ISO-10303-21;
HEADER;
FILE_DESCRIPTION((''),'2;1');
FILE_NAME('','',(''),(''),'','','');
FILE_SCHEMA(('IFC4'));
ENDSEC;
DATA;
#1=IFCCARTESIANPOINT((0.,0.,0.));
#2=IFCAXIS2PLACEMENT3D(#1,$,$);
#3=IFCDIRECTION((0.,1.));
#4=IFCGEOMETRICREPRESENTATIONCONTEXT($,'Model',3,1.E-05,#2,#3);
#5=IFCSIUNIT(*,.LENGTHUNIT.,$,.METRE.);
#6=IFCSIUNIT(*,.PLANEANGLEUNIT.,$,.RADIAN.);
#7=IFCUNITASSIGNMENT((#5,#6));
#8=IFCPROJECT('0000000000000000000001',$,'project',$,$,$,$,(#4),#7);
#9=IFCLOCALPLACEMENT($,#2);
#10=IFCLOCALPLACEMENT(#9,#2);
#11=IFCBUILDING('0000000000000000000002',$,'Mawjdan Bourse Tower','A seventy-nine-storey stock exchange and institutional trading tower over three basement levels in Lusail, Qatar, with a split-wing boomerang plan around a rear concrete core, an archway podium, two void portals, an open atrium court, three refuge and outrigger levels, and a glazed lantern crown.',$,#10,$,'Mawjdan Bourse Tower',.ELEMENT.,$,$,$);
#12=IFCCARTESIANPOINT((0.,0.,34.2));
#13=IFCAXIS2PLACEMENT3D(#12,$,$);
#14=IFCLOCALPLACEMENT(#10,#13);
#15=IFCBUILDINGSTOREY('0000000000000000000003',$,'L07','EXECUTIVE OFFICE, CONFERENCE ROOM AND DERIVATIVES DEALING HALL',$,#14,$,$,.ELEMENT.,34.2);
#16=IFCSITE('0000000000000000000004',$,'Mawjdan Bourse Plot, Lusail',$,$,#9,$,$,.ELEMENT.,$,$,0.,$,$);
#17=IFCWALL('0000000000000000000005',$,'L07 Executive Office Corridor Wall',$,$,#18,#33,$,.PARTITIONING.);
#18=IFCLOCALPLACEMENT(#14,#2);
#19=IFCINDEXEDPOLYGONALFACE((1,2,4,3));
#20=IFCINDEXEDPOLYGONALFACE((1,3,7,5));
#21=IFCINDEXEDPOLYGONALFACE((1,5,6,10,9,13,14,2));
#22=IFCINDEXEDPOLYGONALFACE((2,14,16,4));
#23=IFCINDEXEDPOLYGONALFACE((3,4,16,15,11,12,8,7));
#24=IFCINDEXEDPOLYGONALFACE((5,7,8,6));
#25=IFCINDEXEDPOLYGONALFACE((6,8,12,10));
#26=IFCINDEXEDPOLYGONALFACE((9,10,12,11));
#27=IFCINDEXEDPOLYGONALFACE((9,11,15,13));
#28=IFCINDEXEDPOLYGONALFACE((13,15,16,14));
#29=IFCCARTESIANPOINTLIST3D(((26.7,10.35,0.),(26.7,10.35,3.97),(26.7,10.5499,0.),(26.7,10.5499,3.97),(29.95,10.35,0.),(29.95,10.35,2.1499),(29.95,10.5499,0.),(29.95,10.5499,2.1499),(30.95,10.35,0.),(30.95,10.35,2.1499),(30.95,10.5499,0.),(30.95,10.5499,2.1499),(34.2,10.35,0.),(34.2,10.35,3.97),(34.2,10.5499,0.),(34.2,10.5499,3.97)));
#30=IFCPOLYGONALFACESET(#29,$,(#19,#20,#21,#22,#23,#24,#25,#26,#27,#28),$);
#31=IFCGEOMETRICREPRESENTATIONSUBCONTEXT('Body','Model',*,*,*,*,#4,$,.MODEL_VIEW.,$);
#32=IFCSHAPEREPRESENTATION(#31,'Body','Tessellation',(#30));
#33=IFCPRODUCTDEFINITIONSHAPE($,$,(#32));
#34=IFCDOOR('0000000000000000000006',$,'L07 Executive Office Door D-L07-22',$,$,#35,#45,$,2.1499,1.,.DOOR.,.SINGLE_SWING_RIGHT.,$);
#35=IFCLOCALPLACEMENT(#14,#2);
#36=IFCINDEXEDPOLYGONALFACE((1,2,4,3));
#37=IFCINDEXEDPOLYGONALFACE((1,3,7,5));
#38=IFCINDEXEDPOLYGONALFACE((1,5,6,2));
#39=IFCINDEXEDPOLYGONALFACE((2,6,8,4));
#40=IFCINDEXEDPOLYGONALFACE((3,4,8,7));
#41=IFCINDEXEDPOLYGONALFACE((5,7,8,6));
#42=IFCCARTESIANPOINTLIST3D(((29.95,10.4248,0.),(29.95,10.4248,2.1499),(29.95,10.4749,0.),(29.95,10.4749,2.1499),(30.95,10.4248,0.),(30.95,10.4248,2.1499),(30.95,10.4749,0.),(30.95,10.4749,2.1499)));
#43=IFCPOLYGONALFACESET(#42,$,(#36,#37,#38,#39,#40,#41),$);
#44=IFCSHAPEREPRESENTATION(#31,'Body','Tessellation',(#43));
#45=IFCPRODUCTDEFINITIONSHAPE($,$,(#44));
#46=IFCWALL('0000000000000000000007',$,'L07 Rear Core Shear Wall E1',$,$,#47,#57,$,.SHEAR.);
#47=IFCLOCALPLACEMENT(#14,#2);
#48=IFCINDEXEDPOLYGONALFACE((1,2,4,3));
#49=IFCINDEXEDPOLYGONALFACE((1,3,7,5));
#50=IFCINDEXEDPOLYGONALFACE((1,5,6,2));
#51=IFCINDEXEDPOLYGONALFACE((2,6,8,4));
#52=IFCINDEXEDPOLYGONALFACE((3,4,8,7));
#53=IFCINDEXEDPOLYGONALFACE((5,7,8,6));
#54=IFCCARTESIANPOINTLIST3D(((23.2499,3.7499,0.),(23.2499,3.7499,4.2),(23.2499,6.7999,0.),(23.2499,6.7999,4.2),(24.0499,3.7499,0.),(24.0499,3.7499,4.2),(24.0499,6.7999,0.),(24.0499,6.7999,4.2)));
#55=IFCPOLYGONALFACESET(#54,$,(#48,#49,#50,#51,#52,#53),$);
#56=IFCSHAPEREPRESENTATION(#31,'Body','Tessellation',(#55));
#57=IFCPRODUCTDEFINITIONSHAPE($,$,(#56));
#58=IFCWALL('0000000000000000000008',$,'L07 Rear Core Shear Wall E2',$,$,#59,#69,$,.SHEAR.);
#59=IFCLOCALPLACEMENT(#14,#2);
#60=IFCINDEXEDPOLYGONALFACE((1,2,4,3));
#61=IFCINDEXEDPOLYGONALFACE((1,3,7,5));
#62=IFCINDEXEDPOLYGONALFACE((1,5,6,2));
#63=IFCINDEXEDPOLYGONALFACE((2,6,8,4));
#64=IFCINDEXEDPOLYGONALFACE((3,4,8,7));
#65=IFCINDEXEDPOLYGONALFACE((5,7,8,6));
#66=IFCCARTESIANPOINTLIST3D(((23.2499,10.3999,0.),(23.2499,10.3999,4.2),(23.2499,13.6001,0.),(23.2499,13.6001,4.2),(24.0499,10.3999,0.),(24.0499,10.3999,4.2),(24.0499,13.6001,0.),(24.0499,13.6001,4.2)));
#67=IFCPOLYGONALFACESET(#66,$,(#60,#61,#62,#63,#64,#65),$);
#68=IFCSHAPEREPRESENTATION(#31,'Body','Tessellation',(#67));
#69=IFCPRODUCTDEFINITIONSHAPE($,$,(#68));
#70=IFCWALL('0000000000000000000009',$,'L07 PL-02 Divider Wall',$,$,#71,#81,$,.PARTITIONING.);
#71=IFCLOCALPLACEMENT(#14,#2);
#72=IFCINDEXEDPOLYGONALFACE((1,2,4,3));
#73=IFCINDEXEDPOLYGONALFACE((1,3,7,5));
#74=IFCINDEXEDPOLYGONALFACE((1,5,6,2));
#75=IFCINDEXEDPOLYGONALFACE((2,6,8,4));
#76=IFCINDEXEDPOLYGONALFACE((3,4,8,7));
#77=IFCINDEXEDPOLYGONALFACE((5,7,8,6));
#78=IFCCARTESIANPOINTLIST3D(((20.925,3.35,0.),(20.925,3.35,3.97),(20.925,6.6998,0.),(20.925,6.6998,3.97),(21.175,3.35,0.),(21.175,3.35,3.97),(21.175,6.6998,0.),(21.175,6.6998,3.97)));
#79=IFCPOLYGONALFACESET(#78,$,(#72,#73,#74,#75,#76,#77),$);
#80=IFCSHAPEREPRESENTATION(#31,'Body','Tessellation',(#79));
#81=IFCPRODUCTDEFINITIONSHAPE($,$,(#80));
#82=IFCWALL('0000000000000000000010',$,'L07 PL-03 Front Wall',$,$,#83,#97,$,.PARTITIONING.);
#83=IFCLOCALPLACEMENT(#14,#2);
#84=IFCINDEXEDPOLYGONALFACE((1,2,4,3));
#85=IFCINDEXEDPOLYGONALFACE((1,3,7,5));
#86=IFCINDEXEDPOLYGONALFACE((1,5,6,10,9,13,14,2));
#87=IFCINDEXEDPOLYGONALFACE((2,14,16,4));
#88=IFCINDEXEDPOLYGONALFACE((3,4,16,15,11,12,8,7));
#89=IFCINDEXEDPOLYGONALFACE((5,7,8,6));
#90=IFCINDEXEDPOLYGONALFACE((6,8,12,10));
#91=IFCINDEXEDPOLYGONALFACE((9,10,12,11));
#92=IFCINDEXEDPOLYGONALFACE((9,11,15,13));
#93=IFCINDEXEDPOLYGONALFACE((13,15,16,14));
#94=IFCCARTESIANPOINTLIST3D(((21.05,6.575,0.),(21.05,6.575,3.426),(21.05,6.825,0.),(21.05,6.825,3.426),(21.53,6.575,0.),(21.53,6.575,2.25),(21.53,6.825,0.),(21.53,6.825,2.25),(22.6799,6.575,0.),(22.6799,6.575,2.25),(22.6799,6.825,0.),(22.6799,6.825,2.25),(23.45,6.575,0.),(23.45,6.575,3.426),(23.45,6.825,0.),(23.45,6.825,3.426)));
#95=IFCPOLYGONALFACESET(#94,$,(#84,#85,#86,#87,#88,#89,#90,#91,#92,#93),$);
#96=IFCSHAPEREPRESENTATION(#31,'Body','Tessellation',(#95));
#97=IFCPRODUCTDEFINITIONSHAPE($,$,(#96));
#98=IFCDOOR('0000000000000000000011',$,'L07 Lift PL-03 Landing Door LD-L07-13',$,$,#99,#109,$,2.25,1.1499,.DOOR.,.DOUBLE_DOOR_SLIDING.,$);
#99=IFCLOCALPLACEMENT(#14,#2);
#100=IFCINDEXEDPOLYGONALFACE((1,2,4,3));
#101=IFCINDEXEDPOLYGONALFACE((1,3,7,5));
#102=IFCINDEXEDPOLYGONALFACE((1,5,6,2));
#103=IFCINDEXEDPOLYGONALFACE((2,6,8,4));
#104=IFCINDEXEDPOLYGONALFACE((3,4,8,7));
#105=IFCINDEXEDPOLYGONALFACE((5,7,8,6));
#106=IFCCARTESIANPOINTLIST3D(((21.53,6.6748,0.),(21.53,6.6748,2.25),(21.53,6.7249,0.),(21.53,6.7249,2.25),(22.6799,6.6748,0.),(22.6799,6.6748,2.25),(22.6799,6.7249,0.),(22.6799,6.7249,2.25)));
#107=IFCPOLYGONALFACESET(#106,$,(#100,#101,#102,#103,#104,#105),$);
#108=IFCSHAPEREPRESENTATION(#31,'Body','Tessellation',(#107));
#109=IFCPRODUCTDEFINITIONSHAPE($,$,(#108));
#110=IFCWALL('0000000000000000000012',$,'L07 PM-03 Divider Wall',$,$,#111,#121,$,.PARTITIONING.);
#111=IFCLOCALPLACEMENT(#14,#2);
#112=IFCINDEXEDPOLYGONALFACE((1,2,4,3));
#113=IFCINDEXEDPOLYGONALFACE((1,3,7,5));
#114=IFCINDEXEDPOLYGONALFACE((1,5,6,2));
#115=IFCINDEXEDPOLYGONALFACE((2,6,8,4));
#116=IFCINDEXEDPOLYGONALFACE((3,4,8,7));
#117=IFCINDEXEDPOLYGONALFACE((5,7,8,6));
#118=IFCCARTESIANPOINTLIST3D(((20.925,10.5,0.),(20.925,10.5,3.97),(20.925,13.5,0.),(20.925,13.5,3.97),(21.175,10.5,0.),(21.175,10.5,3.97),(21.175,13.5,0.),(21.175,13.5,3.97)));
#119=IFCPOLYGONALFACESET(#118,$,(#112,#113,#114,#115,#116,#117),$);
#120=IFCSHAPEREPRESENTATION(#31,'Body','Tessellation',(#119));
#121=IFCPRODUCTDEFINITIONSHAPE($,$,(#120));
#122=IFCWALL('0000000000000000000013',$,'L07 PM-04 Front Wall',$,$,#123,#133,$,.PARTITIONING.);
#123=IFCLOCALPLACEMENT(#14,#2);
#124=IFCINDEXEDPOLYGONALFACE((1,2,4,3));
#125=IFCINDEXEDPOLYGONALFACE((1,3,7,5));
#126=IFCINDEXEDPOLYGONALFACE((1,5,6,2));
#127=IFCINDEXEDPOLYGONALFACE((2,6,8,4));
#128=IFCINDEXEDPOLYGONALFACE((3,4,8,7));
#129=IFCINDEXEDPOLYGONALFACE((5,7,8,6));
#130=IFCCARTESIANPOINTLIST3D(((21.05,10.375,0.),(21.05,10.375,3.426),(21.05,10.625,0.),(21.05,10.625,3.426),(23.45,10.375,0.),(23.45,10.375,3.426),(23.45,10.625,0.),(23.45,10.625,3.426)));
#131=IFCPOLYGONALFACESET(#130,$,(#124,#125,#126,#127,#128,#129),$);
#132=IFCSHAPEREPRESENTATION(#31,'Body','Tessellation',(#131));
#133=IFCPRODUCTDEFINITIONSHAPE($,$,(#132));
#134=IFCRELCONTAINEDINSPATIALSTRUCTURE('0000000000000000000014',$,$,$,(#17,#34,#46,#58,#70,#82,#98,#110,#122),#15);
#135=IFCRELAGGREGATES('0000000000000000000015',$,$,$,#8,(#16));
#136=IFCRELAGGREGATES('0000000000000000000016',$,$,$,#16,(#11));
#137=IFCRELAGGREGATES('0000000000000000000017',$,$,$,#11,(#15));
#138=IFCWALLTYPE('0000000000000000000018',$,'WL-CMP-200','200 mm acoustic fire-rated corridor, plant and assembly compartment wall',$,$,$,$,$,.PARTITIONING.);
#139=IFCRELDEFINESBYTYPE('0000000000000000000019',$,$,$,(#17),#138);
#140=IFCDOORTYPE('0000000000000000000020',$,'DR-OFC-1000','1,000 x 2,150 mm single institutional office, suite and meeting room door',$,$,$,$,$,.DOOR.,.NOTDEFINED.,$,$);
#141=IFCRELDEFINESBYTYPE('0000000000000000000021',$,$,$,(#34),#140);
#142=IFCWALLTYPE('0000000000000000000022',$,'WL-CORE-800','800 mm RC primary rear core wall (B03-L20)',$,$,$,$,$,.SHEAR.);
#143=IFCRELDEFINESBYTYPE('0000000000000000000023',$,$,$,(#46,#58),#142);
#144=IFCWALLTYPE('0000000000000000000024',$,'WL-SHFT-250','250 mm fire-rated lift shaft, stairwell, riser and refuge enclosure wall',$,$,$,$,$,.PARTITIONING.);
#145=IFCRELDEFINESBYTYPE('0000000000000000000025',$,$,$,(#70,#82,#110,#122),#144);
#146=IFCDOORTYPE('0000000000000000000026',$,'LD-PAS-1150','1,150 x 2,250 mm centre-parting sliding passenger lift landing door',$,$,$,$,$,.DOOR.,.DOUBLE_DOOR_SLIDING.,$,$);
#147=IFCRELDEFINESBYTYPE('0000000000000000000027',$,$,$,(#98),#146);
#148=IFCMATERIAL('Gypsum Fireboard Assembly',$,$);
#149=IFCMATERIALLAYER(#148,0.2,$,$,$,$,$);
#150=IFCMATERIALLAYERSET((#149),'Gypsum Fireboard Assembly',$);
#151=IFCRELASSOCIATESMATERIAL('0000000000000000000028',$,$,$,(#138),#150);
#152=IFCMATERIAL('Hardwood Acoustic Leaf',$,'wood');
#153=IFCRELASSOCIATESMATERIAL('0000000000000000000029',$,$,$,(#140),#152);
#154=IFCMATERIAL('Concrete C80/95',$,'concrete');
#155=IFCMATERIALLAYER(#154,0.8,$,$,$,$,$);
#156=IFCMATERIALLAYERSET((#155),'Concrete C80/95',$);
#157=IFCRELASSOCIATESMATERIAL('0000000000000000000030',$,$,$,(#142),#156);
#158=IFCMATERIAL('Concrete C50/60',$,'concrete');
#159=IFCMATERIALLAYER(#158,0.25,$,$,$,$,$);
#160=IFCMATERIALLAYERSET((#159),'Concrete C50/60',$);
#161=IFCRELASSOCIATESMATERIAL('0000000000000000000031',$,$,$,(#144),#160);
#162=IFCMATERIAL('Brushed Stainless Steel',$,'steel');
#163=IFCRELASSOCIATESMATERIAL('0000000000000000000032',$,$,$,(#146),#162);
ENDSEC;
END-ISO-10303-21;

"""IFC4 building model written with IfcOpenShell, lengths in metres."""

from ifc_helpers import new_model, si_unit, direction, frame, frame_2d, origin, place, context, subcontext, project, spatial, rectangle, extrude, material, layer, layer_set, type_object, element, fill, save


model = new_model("IFC4")

# Units and contexts
model_context = context("Model", 3, precision=1e-05, world=origin(), true_north=direction((0.0, 1.0)))
body_context = subcontext(model_context, "Body", "Model", "MODEL_VIEW")
ifc_project = project(units=[si_unit("LENGTHUNIT", "METRE"), si_unit("PLANEANGLEUNIT", "RADIAN")], contexts=[model_context])

# Site, building, storey
site_placement = place(None, origin())
site = spatial("IfcSite", under=ifc_project, at=site_placement, Name="Mawjdan Bourse Plot, Lusail", CompositionType="ELEMENT", RefElevation=0.0)
building_placement = place(site_placement, origin())
building = spatial("IfcBuilding", under=site, at=building_placement, Name="Mawjdan Bourse Tower", Description="A seventy-nine-storey stock exchange and institutional trading tower over three basement levels in Lusail, Qatar, with a split-wing boomerang plan around a rear concrete core, an archway podium, two void portals, an open atrium court, three refuge and outrigger levels, and a glazed lantern crown.", LongName="Mawjdan Bourse Tower", CompositionType="ELEMENT")
storey_placement = place(building_placement, frame((0.0, 0.0, 34.2)))
storey = spatial("IfcBuildingStorey", under=building, at=storey_placement, Name="L07", Description="EXECUTIVE OFFICE, CONFERENCE ROOM AND DERIVATIVES DEALING HALL", CompositionType="ELEMENT", Elevation=34.2)

# Shared definitions
ifc_material_1 = material(Name="Concrete C80/95", Category="concrete")

# Shared definitions
ifc_material_2 = material(Name="Gypsum Fireboard Assembly")
ifc_layer_1 = layer(ifc_material_2, 0.2)
ifc_layer_set_1 = layer_set([ifc_layer_1], Name="Gypsum Fireboard Assembly")
wall_type_1 = type_object("IfcWallType", Name="WL-CMP-200", Description="200 mm acoustic fire-rated corridor, plant and assembly compartment wall", PredefinedType="PARTITIONING", material=ifc_layer_set_1)
ifc_material_3 = material(Name="Hardwood Acoustic Leaf", Category="wood")
door_type_1 = type_object("IfcDoorType", Name="DR-OFC-1000", Description="1,000 x 2,150 mm single institutional office, suite and meeting room door", OperationType="NOTDEFINED", PredefinedType="DOOR", material=ifc_material_3)

# Wall, opening, door
wall_1_placement = place(storey_placement, frame((26.7, 10.45, 0.0), z_axis=(0.0, 0.0, 1.0), x_axis=(1.0, 0.0, 0.0)))
wall_1 = element("IfcWall", 1, at=wall_1_placement, inside=storey, type_object=wall_type_1, Name="L07 Executive Office Corridor Wall", PredefinedType="PARTITIONING", context=body_context, shape_type="SweptSolid", body=[
    extrude(rectangle(XDim=7.5, YDim=0.2, at=frame_2d((3.75, 0.0))), origin(), (0.0, 0.0, 1.0), 3.97),
])
opening_1_placement = place(wall_1_placement, frame((3.25, 0.0, 0.0)))
opening_1 = element("IfcOpeningElement", 2, at=opening_1_placement, cuts=wall_1, PredefinedType="OPENING", context=body_context, shape_type="SweptSolid", body=[
    extrude(rectangle(XDim=1.0, YDim=2.1499, at=frame_2d((0.5, 1.075))), frame((0.0, 0.1099, 0.0), z_axis=(0.0, -1.0, 0.0), x_axis=(1.0, 0.0, 0.0)), (0.0, 0.0, 1.0), 0.22),
])
door_1_placement = place(opening_1_placement, origin())
door_1 = element("IfcDoor", 3, at=door_1_placement, inside=storey, type_object=door_type_1, Name="L07 Executive Office Door D-L07-22", OperationType="SINGLE_SWING_RIGHT", OverallHeight=2.1499, OverallWidth=1.0, PredefinedType="DOOR", context=body_context, shape_type="SweptSolid", body=[
    extrude(rectangle(XDim=1.0, YDim=2.1499, at=frame_2d((0.5, 1.075))), frame((0.0, 0.0249, 0.0), z_axis=(0.0, -1.0, 0.0), x_axis=(1.0, 0.0, 0.0)), (0.0, 0.0, 1.0), 0.05),
])
fill(opening_1, door_1)

# Walls
ifc_layer_2 = layer(ifc_material_1, 0.8)
ifc_layer_set_2 = layer_set([ifc_layer_2], Name="Concrete C80/95")
wall_type_2 = type_object("IfcWallType", Name="WL-CORE-800", Description="800 mm RC primary rear core wall (B03-L20)", PredefinedType="SHEAR", material=ifc_layer_set_2)
wall_2_placement = place(storey_placement, frame((23.6499, 3.75, 0.0), z_axis=(0.0, 0.0, 1.0), x_axis=(0.0, 1.0, 0.0)))
element("IfcWall", 4, at=wall_2_placement, inside=storey, type_object=wall_type_2, Name="L07 Rear Core Shear Wall E1", PredefinedType="SHEAR", context=body_context, shape_type="SweptSolid", body=[
    extrude(rectangle(XDim=3.05, YDim=0.8, at=frame_2d((1.5249, 0.0))), origin(), (0.0, 0.0, 1.0), 4.2),
])
wall_3_placement = place(storey_placement, frame((23.6499, 10.3999, 0.0), z_axis=(0.0, 0.0, 1.0), x_axis=(0.0, 1.0, 0.0)))
element("IfcWall", 5, at=wall_3_placement, inside=storey, type_object=wall_type_2, Name="L07 Rear Core Shear Wall E2", PredefinedType="SHEAR", context=body_context, shape_type="SweptSolid", body=[
    extrude(rectangle(XDim=3.2002, YDim=0.8, at=frame_2d((1.6001, 0.0))), origin(), (0.0, 0.0, 1.0), 4.2),
])
ifc_material_4 = material(Name="Concrete C50/60", Category="concrete")
ifc_layer_3 = layer(ifc_material_4, 0.25)
ifc_layer_set_3 = layer_set([ifc_layer_3], Name="Concrete C50/60")
wall_type_3 = type_object("IfcWallType", Name="WL-SHFT-250", Description="250 mm fire-rated lift shaft, stairwell, riser and refuge enclosure wall", PredefinedType="PARTITIONING", material=ifc_layer_set_3)
wall_4_placement = place(storey_placement, frame((21.05, 3.3501, 0.0), z_axis=(0.0, 0.0, 1.0), x_axis=(0.0, 1.0, 0.0)))
element("IfcWall", 6, at=wall_4_placement, inside=storey, type_object=wall_type_3, Name="L07 PL-02 Divider Wall", PredefinedType="PARTITIONING", context=body_context, shape_type="SweptSolid", body=[
    extrude(rectangle(XDim=3.3499, YDim=0.25, at=frame_2d((1.6748, 0.0))), origin(), (0.0, 0.0, 1.0), 3.97),
])

# Wall, opening, door
wall_5_placement = place(storey_placement, frame((21.05, 6.7, 0.0), z_axis=(0.0, 0.0, 1.0), x_axis=(1.0, 0.0, 0.0)))
wall_5 = element("IfcWall", 7, at=wall_5_placement, inside=storey, type_object=wall_type_3, Name="L07 PL-03 Front Wall", PredefinedType="PARTITIONING", context=body_context, shape_type="SweptSolid", body=[
    extrude(rectangle(XDim=2.3999, YDim=0.25, at=frame_2d((1.2, 0.0))), origin(), (0.0, 0.0, 1.0), 3.426),
])
opening_2_placement = place(wall_5_placement, frame((0.48, 0.0, 0.0)))
opening_2 = element("IfcOpeningElement", 8, at=opening_2_placement, cuts=wall_5, PredefinedType="OPENING", context=body_context, shape_type="SweptSolid", body=[
    extrude(rectangle(XDim=1.1499, YDim=2.25, at=frame_2d((0.575, 1.125))), frame((0.0, 0.135, 0.0), z_axis=(0.0, -1.0, 0.0), x_axis=(1.0, 0.0, 0.0)), (0.0, 0.0, 1.0), 0.27),
])
ifc_material_5 = material(Name="Brushed Stainless Steel", Category="steel")
door_type_2 = type_object("IfcDoorType", Name="LD-PAS-1150", Description="1,150 x 2,250 mm centre-parting sliding passenger lift landing door", OperationType="DOUBLE_DOOR_SLIDING", PredefinedType="DOOR", material=ifc_material_5)
door_2_placement = place(opening_2_placement, origin())
door_2 = element("IfcDoor", 9, at=door_2_placement, inside=storey, type_object=door_type_2, Name="L07 Lift PL-03 Landing Door LD-L07-13", OperationType="DOUBLE_DOOR_SLIDING", OverallHeight=2.25, OverallWidth=1.1499, PredefinedType="DOOR", context=body_context, shape_type="SweptSolid", body=[
    extrude(rectangle(XDim=1.1499, YDim=2.25, at=frame_2d((0.575, 1.125))), frame((0.0, 0.0249, 0.0), z_axis=(0.0, -1.0, 0.0), x_axis=(1.0, 0.0, 0.0)), (0.0, 0.0, 1.0), 0.05),
])
fill(opening_2, door_2)

# Walls
wall_6_placement = place(storey_placement, frame((21.05, 10.5, 0.0), z_axis=(0.0, 0.0, 1.0), x_axis=(0.0, 1.0, 0.0)))
element("IfcWall", 10, at=wall_6_placement, inside=storey, type_object=wall_type_3, Name="L07 PM-03 Divider Wall", PredefinedType="PARTITIONING", context=body_context, shape_type="SweptSolid", body=[
    extrude(rectangle(XDim=3.0, YDim=0.25, at=frame_2d((1.5, 0.0))), origin(), (0.0, 0.0, 1.0), 3.97),
])
wall_7_placement = place(storey_placement, frame((21.05, 10.5, 0.0), z_axis=(0.0, 0.0, 1.0), x_axis=(1.0, 0.0, 0.0)))
element("IfcWall", 11, at=wall_7_placement, inside=storey, type_object=wall_type_3, Name="L07 PM-04 Front Wall", PredefinedType="PARTITIONING", context=body_context, shape_type="SweptSolid", body=[
    extrude(rectangle(XDim=2.3999, YDim=0.25, at=frame_2d((1.2, 0.0))), origin(), (0.0, 0.0, 1.0), 3.426),
])

save(model, "model.ifc")
